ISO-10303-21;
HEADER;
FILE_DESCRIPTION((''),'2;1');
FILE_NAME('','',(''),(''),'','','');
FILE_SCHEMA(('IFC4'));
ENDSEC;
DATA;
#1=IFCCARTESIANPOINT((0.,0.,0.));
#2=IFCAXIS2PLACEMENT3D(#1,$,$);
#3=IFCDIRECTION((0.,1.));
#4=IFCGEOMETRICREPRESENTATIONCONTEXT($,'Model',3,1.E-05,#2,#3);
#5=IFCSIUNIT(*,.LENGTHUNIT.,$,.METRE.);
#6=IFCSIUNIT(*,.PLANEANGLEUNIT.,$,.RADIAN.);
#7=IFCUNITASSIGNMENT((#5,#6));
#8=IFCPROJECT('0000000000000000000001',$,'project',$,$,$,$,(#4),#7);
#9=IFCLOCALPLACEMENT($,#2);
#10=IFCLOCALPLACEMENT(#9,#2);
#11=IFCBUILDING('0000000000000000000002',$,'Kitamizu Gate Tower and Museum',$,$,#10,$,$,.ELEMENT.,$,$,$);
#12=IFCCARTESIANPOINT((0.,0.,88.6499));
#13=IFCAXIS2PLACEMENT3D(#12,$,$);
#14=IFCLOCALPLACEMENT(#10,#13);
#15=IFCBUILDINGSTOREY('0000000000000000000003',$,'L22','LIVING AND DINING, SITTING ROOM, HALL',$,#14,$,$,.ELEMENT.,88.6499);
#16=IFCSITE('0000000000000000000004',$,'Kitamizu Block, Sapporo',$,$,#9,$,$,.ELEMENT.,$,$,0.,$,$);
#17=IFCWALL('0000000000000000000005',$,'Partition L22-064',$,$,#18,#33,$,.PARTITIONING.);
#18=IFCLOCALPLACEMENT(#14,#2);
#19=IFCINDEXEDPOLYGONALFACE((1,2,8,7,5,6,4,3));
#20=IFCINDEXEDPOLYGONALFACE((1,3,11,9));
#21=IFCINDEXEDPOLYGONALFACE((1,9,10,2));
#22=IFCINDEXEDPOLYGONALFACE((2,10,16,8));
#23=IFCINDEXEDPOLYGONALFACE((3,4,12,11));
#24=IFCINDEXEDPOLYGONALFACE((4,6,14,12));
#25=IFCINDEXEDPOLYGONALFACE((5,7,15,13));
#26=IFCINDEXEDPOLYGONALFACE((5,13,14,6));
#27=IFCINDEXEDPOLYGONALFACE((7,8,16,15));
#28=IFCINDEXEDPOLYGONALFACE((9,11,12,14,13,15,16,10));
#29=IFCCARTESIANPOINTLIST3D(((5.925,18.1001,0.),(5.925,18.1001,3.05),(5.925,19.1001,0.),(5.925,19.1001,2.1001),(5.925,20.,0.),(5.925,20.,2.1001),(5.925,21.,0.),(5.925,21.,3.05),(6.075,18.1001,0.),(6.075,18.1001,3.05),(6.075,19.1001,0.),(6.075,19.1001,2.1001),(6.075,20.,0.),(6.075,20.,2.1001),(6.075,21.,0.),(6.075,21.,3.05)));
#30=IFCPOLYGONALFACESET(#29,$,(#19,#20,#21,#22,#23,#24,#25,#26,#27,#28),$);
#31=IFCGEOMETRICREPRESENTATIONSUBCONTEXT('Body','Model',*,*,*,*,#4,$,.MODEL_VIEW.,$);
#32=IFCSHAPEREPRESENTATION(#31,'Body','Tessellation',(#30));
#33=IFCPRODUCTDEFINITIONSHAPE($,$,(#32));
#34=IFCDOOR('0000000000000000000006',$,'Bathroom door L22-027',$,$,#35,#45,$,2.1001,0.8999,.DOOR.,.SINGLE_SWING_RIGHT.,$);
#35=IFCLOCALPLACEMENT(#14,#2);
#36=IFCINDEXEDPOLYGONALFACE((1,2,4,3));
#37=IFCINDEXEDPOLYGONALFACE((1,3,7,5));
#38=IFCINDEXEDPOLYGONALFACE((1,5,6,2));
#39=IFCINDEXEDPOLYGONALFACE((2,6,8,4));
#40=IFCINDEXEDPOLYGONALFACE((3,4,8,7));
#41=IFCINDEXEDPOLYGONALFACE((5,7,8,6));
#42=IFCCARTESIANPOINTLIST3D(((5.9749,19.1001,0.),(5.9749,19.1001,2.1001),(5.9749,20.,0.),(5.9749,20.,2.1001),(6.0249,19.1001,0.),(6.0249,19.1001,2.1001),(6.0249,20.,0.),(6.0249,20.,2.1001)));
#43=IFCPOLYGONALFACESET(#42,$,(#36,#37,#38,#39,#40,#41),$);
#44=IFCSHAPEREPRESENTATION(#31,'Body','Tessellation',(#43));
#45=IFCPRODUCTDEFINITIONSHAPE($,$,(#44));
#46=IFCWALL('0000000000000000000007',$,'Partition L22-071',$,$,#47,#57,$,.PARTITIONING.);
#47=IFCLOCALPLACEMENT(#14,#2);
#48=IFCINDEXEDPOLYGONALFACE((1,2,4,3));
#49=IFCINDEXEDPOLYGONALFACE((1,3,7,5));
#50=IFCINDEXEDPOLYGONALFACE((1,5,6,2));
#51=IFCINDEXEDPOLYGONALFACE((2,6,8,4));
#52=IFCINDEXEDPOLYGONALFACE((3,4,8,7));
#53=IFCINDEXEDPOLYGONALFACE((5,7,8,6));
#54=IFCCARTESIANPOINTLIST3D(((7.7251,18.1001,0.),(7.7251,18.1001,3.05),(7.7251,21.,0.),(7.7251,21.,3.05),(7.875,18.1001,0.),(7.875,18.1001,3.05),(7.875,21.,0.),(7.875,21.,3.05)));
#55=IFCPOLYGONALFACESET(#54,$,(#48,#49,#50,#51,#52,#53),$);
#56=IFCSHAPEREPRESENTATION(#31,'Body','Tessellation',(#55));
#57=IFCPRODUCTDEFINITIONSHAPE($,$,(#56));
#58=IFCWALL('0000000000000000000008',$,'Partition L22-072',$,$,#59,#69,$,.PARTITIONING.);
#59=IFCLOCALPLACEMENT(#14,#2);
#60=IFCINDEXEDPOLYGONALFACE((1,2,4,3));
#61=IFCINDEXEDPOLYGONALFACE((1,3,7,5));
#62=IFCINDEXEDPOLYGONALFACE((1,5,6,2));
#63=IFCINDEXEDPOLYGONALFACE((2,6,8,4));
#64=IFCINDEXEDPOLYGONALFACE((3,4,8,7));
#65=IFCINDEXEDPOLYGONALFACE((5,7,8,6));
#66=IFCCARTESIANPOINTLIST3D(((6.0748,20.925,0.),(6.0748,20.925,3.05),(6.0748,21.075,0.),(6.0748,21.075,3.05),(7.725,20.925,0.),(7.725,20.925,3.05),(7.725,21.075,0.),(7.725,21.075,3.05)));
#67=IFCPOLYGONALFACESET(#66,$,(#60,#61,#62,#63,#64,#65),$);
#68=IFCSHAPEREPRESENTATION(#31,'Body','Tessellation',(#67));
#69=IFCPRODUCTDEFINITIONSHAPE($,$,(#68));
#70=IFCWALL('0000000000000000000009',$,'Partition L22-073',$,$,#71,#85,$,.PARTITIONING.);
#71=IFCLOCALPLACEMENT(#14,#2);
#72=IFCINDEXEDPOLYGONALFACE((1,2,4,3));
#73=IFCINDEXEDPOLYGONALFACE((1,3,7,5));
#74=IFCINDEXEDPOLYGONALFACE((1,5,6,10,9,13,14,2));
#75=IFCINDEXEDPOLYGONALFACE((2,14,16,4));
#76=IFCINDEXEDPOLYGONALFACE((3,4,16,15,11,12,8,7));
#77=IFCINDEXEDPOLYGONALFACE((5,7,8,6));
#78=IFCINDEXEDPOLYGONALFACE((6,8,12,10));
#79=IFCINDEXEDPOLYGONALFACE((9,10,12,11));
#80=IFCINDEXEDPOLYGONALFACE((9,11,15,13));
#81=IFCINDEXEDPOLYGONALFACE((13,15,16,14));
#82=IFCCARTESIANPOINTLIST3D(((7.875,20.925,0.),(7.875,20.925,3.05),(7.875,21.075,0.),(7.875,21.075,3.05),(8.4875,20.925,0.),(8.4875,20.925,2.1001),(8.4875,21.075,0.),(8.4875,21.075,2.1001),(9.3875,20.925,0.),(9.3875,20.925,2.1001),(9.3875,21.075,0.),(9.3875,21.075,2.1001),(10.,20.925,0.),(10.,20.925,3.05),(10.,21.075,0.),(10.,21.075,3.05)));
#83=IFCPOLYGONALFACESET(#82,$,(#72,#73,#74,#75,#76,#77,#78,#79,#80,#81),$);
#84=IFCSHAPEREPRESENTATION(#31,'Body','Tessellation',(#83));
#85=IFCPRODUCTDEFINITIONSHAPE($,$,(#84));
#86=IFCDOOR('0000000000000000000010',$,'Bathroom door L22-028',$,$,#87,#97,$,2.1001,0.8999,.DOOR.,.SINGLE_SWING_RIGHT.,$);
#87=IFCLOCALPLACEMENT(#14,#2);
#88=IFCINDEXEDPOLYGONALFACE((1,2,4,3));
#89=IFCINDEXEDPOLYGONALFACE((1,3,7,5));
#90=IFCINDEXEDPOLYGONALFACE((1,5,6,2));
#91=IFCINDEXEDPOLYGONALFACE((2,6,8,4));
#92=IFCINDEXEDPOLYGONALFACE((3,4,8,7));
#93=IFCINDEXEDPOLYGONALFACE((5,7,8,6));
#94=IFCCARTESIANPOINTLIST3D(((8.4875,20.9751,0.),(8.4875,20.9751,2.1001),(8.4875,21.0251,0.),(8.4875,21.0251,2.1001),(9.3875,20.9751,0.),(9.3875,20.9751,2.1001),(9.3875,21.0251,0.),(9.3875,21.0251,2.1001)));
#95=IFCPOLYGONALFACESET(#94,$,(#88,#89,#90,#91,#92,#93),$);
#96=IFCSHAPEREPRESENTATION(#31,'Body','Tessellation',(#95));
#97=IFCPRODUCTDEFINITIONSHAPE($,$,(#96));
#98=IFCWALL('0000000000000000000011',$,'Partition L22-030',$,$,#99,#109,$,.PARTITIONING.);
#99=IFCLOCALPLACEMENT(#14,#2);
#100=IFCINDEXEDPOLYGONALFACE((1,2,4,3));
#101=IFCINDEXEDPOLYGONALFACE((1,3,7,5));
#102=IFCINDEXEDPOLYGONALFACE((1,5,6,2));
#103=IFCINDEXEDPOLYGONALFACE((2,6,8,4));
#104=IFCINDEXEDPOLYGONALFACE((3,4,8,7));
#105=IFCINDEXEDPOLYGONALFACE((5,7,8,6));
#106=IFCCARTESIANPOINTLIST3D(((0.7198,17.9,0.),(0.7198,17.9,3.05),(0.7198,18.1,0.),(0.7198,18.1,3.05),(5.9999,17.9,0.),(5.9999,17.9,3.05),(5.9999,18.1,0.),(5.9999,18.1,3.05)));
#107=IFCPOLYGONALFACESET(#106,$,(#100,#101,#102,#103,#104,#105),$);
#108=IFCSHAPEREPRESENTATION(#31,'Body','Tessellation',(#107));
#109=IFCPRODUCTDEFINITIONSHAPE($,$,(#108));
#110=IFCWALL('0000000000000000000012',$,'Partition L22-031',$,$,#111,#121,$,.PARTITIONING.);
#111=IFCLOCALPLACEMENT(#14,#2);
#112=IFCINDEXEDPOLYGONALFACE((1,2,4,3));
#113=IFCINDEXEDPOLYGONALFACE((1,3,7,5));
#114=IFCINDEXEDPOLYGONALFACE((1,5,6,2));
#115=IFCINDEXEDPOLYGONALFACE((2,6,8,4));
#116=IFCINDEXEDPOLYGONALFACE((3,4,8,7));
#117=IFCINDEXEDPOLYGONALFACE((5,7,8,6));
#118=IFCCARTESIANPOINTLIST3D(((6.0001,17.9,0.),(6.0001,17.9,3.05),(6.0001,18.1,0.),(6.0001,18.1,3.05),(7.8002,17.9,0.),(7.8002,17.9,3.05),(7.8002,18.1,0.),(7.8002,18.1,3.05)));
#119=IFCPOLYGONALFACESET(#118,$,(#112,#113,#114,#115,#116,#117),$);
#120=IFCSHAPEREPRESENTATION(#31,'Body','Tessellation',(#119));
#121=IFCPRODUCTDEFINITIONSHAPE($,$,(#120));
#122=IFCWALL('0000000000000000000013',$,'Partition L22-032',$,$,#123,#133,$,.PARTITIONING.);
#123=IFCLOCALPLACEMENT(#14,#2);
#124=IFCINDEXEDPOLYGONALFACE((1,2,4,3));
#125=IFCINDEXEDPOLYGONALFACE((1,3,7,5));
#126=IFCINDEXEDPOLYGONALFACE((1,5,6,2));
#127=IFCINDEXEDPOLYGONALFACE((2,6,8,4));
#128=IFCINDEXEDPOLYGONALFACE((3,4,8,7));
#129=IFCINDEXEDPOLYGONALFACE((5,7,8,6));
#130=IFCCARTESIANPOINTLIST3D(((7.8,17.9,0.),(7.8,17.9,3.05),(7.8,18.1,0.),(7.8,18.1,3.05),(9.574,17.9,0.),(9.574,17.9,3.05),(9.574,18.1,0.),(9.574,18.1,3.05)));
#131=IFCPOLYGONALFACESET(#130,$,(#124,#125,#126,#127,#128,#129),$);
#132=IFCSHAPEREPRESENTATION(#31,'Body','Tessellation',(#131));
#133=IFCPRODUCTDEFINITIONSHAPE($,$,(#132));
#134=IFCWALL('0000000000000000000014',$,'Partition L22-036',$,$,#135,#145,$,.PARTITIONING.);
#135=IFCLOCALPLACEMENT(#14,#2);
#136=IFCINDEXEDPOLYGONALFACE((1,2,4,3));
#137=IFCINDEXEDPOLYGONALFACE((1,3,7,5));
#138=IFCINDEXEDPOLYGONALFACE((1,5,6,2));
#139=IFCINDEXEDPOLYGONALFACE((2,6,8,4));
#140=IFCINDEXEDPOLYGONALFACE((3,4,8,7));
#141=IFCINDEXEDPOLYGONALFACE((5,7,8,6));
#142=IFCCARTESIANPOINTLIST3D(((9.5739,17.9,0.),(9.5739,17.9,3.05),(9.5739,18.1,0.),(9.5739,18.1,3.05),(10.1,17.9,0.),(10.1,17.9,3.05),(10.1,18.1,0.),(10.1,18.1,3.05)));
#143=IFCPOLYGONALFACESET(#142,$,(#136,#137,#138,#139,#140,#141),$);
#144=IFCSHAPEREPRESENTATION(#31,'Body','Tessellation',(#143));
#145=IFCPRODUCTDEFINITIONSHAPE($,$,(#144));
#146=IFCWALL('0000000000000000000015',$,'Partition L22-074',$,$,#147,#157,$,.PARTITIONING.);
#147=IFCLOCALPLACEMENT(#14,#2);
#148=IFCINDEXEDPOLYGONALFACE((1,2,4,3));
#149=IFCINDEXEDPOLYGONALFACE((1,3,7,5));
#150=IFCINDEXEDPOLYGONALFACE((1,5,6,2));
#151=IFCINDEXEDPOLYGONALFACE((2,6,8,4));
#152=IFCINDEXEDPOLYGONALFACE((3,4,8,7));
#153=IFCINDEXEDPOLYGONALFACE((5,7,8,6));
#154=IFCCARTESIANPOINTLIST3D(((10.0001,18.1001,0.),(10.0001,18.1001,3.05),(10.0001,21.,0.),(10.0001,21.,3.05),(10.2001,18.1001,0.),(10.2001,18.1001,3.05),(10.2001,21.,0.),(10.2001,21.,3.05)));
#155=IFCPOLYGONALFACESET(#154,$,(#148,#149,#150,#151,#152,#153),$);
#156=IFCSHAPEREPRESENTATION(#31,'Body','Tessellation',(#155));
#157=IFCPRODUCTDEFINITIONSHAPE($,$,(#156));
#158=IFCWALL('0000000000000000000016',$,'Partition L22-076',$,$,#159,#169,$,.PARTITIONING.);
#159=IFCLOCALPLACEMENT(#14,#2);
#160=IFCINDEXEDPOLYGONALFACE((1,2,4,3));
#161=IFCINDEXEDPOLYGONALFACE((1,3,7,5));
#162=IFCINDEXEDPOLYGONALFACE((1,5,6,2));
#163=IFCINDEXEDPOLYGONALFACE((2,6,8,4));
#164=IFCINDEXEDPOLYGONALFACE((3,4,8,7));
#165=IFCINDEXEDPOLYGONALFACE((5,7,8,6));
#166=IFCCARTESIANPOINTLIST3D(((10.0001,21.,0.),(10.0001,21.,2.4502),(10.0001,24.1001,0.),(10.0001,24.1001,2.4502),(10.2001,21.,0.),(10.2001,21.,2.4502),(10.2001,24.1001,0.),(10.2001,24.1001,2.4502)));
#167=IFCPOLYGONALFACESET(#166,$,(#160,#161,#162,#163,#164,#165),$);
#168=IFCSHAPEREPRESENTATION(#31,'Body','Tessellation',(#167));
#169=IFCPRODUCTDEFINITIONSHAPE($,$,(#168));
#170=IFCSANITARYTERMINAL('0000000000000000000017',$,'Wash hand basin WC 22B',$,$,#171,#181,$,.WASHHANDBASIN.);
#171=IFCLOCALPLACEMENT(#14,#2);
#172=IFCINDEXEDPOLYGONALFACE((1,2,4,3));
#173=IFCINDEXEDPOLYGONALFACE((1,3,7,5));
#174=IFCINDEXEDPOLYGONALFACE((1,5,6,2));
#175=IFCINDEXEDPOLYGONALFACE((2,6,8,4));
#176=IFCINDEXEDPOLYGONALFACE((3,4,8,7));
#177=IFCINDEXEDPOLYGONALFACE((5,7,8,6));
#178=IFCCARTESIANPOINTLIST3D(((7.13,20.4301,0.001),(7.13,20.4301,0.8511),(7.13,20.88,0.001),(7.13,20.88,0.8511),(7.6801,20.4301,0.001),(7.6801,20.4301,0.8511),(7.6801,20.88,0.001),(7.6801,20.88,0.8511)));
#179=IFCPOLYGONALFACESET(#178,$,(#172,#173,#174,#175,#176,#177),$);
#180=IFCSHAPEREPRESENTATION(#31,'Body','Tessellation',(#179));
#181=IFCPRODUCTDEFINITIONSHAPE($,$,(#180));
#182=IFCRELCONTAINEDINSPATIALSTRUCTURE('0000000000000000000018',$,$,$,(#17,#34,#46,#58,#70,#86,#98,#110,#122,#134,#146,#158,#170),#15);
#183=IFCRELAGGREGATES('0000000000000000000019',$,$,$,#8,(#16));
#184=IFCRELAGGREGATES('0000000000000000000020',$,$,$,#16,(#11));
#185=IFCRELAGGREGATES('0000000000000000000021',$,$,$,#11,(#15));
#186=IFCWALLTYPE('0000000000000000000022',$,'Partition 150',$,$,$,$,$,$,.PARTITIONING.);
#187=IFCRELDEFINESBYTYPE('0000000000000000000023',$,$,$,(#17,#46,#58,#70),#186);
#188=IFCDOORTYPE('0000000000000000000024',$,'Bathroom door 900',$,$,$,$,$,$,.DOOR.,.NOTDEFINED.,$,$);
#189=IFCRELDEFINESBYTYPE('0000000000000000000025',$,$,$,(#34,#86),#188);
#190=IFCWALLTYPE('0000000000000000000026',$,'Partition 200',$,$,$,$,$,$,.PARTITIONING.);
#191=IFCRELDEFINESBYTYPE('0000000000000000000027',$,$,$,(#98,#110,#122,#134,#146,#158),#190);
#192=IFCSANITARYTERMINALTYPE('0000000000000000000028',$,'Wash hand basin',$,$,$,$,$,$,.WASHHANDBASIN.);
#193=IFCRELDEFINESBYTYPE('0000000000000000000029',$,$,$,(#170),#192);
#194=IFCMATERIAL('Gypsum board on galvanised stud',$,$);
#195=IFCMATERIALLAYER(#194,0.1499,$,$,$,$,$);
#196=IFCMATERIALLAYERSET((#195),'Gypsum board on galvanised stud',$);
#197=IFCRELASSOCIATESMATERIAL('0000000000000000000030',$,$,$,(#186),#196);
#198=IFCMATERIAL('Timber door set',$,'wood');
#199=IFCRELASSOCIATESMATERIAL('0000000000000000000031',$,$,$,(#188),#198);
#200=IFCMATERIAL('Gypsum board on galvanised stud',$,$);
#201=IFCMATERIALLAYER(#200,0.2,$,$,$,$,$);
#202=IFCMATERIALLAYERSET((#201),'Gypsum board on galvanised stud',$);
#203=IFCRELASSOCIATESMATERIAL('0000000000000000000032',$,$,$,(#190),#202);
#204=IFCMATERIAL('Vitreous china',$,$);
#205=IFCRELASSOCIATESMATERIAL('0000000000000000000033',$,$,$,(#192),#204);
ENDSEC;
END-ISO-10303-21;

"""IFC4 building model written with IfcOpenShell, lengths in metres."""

from ifc_helpers import new_model, si_unit, direction, frame, frame_2d, origin, origin_2d, place, context, subcontext, project, spatial, rectangle, extrude, material, layer, layer_set, type_object, element, fill, save


model = new_model("IFC4")

# Units and contexts
model_context = context("Model", 3, precision=1e-05, world=origin(), true_north=direction((0.0, 1.0)))
body_context = subcontext(model_context, "Body", "Model", "MODEL_VIEW")
ifc_project = project(units=[si_unit("LENGTHUNIT", "METRE"), si_unit("PLANEANGLEUNIT", "RADIAN")], contexts=[model_context])

# Site, building, storey
site_placement = place(None, origin())
site = spatial("IfcSite", under=ifc_project, at=site_placement, Name="Kitamizu Block, Sapporo", CompositionType="ELEMENT", RefElevation=0.0)
building_placement = place(site_placement, origin())
building = spatial("IfcBuilding", under=site, at=building_placement, Name="Kitamizu Gate Tower and Museum", CompositionType="ELEMENT")
storey_placement = place(building_placement, frame((0.0, 0.0, 88.6499)))
storey = spatial("IfcBuildingStorey", under=building, at=storey_placement, Name="L22", Description="LIVING AND DINING, SITTING ROOM, HALL", CompositionType="ELEMENT", Elevation=88.6499)

# Shared definitions
ifc_material_1 = material(Name="Gypsum board on galvanised stud")
ifc_layer_1 = layer(ifc_material_1, 0.1499)
ifc_layer_set_1 = layer_set([ifc_layer_1], Name="Gypsum board on galvanised stud")
wall_type_1 = type_object("IfcWallType", Name="Partition 150", PredefinedType="PARTITIONING", material=ifc_layer_set_1)

# Wall, opening, door
wall_1_placement = place(storey_placement, frame((6.0, 18.1001, 0.0), z_axis=(0.0, 0.0, 1.0), x_axis=(0.0, 1.0, 0.0)))
wall_1 = element("IfcWall", 1, at=wall_1_placement, inside=storey, type_object=wall_type_1, Name="Partition L22-064", PredefinedType="PARTITIONING", context=body_context, shape_type="SweptSolid", body=[
    extrude(rectangle(XDim=2.8999, YDim=0.1499, at=frame_2d((1.45, 0.0))), origin(), (0.0, 0.0, 1.0), 3.05),
])
opening_1_placement = place(wall_1_placement, frame((1.0, 0.0, 0.0)))
opening_1 = element("IfcOpeningElement", 2, at=opening_1_placement, cuts=wall_1, PredefinedType="OPENING", context=body_context, shape_type="SweptSolid", body=[
    extrude(rectangle(XDim=0.8999, YDim=2.1001, at=frame_2d((0.45, 1.05))), frame((0.0, 0.085, 0.0), z_axis=(0.0, -1.0, 0.0), x_axis=(1.0, 0.0, 0.0)), (0.0, 0.0, 1.0), 0.1699),
])
ifc_material_2 = material(Name="Timber door set", Category="wood")
door_type_1 = type_object("IfcDoorType", Name="Bathroom door 900", OperationType="NOTDEFINED", PredefinedType="DOOR", material=ifc_material_2)
door_1_placement = place(opening_1_placement, frame((0.8999, 0.0, 0.0), x_axis=(-1.0, 0.0, 0.0)))
door_1 = element("IfcDoor", 3, at=door_1_placement, inside=storey, type_object=door_type_1, Name="Bathroom door L22-027", OperationType="SINGLE_SWING_RIGHT", OverallHeight=2.1001, OverallWidth=0.8999, PredefinedType="DOOR", context=body_context, shape_type="SweptSolid", body=[
    extrude(rectangle(XDim=0.8999, YDim=2.1001, at=frame_2d((0.45, 1.05))), frame((0.0, 0.0249, 0.0), z_axis=(0.0, -1.0, 0.0), x_axis=(1.0, 0.0, 0.0)), (0.0, 0.0, 1.0), 0.05),
])
fill(opening_1, door_1)

# Walls
wall_2_placement = place(storey_placement, frame((7.8, 18.1001, 0.0), z_axis=(0.0, 0.0, 1.0), x_axis=(0.0, 1.0, 0.0)))
element("IfcWall", 4, at=wall_2_placement, inside=storey, type_object=wall_type_1, Name="Partition L22-071", PredefinedType="PARTITIONING", context=body_context, shape_type="SweptSolid", body=[
    extrude(rectangle(XDim=2.8999, YDim=0.1499, at=frame_2d((1.45, 0.0))), origin(), (0.0, 0.0, 1.0), 3.05),
])
wall_3_placement = place(storey_placement, frame((7.7251, 21.0, 0.0), z_axis=(0.0, 0.0, 1.0), x_axis=(-1.0, 0.0, 0.0)))
element("IfcWall", 5, at=wall_3_placement, inside=storey, type_object=wall_type_1, Name="Partition L22-072", PredefinedType="PARTITIONING", context=body_context, shape_type="SweptSolid", body=[
    extrude(rectangle(XDim=1.6501, YDim=0.1499, at=frame_2d((0.8252, 0.0))), origin(), (0.0, 0.0, 1.0), 3.05),
])

# Wall, opening, door
wall_4_placement = place(storey_placement, frame((10.0, 21.0, 0.0), z_axis=(0.0, 0.0, 1.0), x_axis=(-1.0, 0.0, 0.0)))
wall_4 = element("IfcWall", 6, at=wall_4_placement, inside=storey, type_object=wall_type_1, Name="Partition L22-073", PredefinedType="PARTITIONING", context=body_context, shape_type="SweptSolid", body=[
    extrude(rectangle(XDim=2.125, YDim=0.1499, at=frame_2d((1.0625, 0.0))), origin(), (0.0, 0.0, 1.0), 3.05),
])
opening_2_placement = place(wall_4_placement, frame((0.6125, 0.0, 0.0)))
opening_2 = element("IfcOpeningElement", 7, at=opening_2_placement, cuts=wall_4, PredefinedType="OPENING", context=body_context, shape_type="SweptSolid", body=[
    extrude(rectangle(XDim=0.8999, YDim=2.1001, at=frame_2d((0.45, 1.05))), frame((0.0, 0.085, 0.0), z_axis=(0.0, -1.0, 0.0), x_axis=(1.0, 0.0, 0.0)), (0.0, 0.0, 1.0), 0.1699),
])
door_2_placement = place(opening_2_placement, origin())
door_2 = element("IfcDoor", 8, at=door_2_placement, inside=storey, type_object=door_type_1, Name="Bathroom door L22-028", OperationType="SINGLE_SWING_RIGHT", OverallHeight=2.1001, OverallWidth=0.8999, PredefinedType="DOOR", context=body_context, shape_type="SweptSolid", body=[
    extrude(rectangle(XDim=0.8999, YDim=2.1001, at=frame_2d((0.45, 1.05))), frame((0.0, 0.0249, 0.0), z_axis=(0.0, -1.0, 0.0), x_axis=(1.0, 0.0, 0.0)), (0.0, 0.0, 1.0), 0.05),
])
fill(opening_2, door_2)

# Walls
ifc_material_3 = material(Name="Gypsum board on galvanised stud")
ifc_layer_2 = layer(ifc_material_3, 0.2)
ifc_layer_set_2 = layer_set([ifc_layer_2], Name="Gypsum board on galvanised stud")
wall_type_2 = type_object("IfcWallType", Name="Partition 200", PredefinedType="PARTITIONING", material=ifc_layer_set_2)
wall_5_placement = place(storey_placement, frame((6.0, 18.0, 0.0), z_axis=(0.0, 0.0, 1.0), x_axis=(-1.0, 0.0, 0.0)))
element("IfcWall", 9, at=wall_5_placement, inside=storey, type_object=wall_type_2, Name="Partition L22-030", PredefinedType="PARTITIONING", context=body_context, shape_type="SweptSolid", body=[
    extrude(rectangle(XDim=5.28, YDim=0.2, at=frame_2d((2.6401, 0.0))), origin(), (0.0, 0.0, 1.0), 3.05),
])
wall_6_placement = place(storey_placement, frame((7.8, 18.0, 0.0), z_axis=(0.0, 0.0, 1.0), x_axis=(-1.0, 0.0, 0.0)))
element("IfcWall", 10, at=wall_6_placement, inside=storey, type_object=wall_type_2, Name="Partition L22-031", PredefinedType="PARTITIONING", context=body_context, shape_type="SweptSolid", body=[
    extrude(rectangle(XDim=1.8, YDim=0.2, at=frame_2d((0.8999, 0.0))), origin(), (0.0, 0.0, 1.0), 3.05),
])
wall_7_placement = place(storey_placement, frame((9.574, 18.0, 0.0), z_axis=(0.0, 0.0, 1.0), x_axis=(-1.0, 0.0, 0.0)))
element("IfcWall", 11, at=wall_7_placement, inside=storey, type_object=wall_type_2, Name="Partition L22-032", PredefinedType="PARTITIONING", context=body_context, shape_type="SweptSolid", body=[
    extrude(rectangle(XDim=1.7739, YDim=0.2, at=frame_2d((0.887, 0.0))), origin(), (0.0, 0.0, 1.0), 3.05),
])
wall_8_placement = place(storey_placement, frame((10.1001, 18.0, 0.0), z_axis=(0.0, 0.0, 1.0), x_axis=(-1.0, 0.0, 0.0)))
element("IfcWall", 12, at=wall_8_placement, inside=storey, type_object=wall_type_2, Name="Partition L22-036", PredefinedType="PARTITIONING", context=body_context, shape_type="SweptSolid", body=[
    extrude(rectangle(XDim=0.5261, YDim=0.2, at=frame_2d((0.2632, 0.0))), origin(), (0.0, 0.0, 1.0), 3.05),
])
wall_9_placement = place(storey_placement, frame((10.1001, 18.1001, 0.0), z_axis=(0.0, 0.0, 1.0), x_axis=(0.0, 1.0, 0.0)))
element("IfcWall", 13, at=wall_9_placement, inside=storey, type_object=wall_type_2, Name="Partition L22-074", PredefinedType="PARTITIONING", context=body_context, shape_type="SweptSolid", body=[
    extrude(rectangle(XDim=2.8999, YDim=0.2, at=frame_2d((1.45, 0.0))), origin(), (0.0, 0.0, 1.0), 3.05),
])
wall_10_placement = place(storey_placement, frame((10.1001, 21.0, 0.0), z_axis=(0.0, 0.0, 1.0), x_axis=(0.0, 1.0, 0.0)))
element("IfcWall", 14, at=wall_10_placement, inside=storey, type_object=wall_type_2, Name="Partition L22-076", PredefinedType="PARTITIONING", context=body_context, shape_type="SweptSolid", body=[
    extrude(rectangle(XDim=3.1001, YDim=0.2, at=frame_2d((1.55, 0.0))), origin(), (0.0, 0.0, 1.0), 2.4502),
])

# Sanitary terminal
ifc_material_4 = material(Name="Vitreous china")
sanitary_terminal_type_1 = type_object("IfcSanitaryTerminalType", Name="Wash hand basin", PredefinedType="WASHHANDBASIN", material=ifc_material_4)
sanitary_terminal_1_placement = place(storey_placement, frame((7.405, 20.655, 0.001), z_axis=(0.0, 0.0, 1.0), x_axis=(1.0, 0.0, 0.0)))
element("IfcSanitaryTerminal", 15, at=sanitary_terminal_1_placement, inside=storey, type_object=sanitary_terminal_type_1, Name="Wash hand basin WC 22B", PredefinedType="WASHHANDBASIN", context=body_context, shape_type="SweptSolid", body=[
    extrude(rectangle(XDim=0.55, YDim=0.45, at=origin_2d()), origin(), (0.0, 0.0, 1.0), 0.8501),
])

save(model, "model.ifc")
